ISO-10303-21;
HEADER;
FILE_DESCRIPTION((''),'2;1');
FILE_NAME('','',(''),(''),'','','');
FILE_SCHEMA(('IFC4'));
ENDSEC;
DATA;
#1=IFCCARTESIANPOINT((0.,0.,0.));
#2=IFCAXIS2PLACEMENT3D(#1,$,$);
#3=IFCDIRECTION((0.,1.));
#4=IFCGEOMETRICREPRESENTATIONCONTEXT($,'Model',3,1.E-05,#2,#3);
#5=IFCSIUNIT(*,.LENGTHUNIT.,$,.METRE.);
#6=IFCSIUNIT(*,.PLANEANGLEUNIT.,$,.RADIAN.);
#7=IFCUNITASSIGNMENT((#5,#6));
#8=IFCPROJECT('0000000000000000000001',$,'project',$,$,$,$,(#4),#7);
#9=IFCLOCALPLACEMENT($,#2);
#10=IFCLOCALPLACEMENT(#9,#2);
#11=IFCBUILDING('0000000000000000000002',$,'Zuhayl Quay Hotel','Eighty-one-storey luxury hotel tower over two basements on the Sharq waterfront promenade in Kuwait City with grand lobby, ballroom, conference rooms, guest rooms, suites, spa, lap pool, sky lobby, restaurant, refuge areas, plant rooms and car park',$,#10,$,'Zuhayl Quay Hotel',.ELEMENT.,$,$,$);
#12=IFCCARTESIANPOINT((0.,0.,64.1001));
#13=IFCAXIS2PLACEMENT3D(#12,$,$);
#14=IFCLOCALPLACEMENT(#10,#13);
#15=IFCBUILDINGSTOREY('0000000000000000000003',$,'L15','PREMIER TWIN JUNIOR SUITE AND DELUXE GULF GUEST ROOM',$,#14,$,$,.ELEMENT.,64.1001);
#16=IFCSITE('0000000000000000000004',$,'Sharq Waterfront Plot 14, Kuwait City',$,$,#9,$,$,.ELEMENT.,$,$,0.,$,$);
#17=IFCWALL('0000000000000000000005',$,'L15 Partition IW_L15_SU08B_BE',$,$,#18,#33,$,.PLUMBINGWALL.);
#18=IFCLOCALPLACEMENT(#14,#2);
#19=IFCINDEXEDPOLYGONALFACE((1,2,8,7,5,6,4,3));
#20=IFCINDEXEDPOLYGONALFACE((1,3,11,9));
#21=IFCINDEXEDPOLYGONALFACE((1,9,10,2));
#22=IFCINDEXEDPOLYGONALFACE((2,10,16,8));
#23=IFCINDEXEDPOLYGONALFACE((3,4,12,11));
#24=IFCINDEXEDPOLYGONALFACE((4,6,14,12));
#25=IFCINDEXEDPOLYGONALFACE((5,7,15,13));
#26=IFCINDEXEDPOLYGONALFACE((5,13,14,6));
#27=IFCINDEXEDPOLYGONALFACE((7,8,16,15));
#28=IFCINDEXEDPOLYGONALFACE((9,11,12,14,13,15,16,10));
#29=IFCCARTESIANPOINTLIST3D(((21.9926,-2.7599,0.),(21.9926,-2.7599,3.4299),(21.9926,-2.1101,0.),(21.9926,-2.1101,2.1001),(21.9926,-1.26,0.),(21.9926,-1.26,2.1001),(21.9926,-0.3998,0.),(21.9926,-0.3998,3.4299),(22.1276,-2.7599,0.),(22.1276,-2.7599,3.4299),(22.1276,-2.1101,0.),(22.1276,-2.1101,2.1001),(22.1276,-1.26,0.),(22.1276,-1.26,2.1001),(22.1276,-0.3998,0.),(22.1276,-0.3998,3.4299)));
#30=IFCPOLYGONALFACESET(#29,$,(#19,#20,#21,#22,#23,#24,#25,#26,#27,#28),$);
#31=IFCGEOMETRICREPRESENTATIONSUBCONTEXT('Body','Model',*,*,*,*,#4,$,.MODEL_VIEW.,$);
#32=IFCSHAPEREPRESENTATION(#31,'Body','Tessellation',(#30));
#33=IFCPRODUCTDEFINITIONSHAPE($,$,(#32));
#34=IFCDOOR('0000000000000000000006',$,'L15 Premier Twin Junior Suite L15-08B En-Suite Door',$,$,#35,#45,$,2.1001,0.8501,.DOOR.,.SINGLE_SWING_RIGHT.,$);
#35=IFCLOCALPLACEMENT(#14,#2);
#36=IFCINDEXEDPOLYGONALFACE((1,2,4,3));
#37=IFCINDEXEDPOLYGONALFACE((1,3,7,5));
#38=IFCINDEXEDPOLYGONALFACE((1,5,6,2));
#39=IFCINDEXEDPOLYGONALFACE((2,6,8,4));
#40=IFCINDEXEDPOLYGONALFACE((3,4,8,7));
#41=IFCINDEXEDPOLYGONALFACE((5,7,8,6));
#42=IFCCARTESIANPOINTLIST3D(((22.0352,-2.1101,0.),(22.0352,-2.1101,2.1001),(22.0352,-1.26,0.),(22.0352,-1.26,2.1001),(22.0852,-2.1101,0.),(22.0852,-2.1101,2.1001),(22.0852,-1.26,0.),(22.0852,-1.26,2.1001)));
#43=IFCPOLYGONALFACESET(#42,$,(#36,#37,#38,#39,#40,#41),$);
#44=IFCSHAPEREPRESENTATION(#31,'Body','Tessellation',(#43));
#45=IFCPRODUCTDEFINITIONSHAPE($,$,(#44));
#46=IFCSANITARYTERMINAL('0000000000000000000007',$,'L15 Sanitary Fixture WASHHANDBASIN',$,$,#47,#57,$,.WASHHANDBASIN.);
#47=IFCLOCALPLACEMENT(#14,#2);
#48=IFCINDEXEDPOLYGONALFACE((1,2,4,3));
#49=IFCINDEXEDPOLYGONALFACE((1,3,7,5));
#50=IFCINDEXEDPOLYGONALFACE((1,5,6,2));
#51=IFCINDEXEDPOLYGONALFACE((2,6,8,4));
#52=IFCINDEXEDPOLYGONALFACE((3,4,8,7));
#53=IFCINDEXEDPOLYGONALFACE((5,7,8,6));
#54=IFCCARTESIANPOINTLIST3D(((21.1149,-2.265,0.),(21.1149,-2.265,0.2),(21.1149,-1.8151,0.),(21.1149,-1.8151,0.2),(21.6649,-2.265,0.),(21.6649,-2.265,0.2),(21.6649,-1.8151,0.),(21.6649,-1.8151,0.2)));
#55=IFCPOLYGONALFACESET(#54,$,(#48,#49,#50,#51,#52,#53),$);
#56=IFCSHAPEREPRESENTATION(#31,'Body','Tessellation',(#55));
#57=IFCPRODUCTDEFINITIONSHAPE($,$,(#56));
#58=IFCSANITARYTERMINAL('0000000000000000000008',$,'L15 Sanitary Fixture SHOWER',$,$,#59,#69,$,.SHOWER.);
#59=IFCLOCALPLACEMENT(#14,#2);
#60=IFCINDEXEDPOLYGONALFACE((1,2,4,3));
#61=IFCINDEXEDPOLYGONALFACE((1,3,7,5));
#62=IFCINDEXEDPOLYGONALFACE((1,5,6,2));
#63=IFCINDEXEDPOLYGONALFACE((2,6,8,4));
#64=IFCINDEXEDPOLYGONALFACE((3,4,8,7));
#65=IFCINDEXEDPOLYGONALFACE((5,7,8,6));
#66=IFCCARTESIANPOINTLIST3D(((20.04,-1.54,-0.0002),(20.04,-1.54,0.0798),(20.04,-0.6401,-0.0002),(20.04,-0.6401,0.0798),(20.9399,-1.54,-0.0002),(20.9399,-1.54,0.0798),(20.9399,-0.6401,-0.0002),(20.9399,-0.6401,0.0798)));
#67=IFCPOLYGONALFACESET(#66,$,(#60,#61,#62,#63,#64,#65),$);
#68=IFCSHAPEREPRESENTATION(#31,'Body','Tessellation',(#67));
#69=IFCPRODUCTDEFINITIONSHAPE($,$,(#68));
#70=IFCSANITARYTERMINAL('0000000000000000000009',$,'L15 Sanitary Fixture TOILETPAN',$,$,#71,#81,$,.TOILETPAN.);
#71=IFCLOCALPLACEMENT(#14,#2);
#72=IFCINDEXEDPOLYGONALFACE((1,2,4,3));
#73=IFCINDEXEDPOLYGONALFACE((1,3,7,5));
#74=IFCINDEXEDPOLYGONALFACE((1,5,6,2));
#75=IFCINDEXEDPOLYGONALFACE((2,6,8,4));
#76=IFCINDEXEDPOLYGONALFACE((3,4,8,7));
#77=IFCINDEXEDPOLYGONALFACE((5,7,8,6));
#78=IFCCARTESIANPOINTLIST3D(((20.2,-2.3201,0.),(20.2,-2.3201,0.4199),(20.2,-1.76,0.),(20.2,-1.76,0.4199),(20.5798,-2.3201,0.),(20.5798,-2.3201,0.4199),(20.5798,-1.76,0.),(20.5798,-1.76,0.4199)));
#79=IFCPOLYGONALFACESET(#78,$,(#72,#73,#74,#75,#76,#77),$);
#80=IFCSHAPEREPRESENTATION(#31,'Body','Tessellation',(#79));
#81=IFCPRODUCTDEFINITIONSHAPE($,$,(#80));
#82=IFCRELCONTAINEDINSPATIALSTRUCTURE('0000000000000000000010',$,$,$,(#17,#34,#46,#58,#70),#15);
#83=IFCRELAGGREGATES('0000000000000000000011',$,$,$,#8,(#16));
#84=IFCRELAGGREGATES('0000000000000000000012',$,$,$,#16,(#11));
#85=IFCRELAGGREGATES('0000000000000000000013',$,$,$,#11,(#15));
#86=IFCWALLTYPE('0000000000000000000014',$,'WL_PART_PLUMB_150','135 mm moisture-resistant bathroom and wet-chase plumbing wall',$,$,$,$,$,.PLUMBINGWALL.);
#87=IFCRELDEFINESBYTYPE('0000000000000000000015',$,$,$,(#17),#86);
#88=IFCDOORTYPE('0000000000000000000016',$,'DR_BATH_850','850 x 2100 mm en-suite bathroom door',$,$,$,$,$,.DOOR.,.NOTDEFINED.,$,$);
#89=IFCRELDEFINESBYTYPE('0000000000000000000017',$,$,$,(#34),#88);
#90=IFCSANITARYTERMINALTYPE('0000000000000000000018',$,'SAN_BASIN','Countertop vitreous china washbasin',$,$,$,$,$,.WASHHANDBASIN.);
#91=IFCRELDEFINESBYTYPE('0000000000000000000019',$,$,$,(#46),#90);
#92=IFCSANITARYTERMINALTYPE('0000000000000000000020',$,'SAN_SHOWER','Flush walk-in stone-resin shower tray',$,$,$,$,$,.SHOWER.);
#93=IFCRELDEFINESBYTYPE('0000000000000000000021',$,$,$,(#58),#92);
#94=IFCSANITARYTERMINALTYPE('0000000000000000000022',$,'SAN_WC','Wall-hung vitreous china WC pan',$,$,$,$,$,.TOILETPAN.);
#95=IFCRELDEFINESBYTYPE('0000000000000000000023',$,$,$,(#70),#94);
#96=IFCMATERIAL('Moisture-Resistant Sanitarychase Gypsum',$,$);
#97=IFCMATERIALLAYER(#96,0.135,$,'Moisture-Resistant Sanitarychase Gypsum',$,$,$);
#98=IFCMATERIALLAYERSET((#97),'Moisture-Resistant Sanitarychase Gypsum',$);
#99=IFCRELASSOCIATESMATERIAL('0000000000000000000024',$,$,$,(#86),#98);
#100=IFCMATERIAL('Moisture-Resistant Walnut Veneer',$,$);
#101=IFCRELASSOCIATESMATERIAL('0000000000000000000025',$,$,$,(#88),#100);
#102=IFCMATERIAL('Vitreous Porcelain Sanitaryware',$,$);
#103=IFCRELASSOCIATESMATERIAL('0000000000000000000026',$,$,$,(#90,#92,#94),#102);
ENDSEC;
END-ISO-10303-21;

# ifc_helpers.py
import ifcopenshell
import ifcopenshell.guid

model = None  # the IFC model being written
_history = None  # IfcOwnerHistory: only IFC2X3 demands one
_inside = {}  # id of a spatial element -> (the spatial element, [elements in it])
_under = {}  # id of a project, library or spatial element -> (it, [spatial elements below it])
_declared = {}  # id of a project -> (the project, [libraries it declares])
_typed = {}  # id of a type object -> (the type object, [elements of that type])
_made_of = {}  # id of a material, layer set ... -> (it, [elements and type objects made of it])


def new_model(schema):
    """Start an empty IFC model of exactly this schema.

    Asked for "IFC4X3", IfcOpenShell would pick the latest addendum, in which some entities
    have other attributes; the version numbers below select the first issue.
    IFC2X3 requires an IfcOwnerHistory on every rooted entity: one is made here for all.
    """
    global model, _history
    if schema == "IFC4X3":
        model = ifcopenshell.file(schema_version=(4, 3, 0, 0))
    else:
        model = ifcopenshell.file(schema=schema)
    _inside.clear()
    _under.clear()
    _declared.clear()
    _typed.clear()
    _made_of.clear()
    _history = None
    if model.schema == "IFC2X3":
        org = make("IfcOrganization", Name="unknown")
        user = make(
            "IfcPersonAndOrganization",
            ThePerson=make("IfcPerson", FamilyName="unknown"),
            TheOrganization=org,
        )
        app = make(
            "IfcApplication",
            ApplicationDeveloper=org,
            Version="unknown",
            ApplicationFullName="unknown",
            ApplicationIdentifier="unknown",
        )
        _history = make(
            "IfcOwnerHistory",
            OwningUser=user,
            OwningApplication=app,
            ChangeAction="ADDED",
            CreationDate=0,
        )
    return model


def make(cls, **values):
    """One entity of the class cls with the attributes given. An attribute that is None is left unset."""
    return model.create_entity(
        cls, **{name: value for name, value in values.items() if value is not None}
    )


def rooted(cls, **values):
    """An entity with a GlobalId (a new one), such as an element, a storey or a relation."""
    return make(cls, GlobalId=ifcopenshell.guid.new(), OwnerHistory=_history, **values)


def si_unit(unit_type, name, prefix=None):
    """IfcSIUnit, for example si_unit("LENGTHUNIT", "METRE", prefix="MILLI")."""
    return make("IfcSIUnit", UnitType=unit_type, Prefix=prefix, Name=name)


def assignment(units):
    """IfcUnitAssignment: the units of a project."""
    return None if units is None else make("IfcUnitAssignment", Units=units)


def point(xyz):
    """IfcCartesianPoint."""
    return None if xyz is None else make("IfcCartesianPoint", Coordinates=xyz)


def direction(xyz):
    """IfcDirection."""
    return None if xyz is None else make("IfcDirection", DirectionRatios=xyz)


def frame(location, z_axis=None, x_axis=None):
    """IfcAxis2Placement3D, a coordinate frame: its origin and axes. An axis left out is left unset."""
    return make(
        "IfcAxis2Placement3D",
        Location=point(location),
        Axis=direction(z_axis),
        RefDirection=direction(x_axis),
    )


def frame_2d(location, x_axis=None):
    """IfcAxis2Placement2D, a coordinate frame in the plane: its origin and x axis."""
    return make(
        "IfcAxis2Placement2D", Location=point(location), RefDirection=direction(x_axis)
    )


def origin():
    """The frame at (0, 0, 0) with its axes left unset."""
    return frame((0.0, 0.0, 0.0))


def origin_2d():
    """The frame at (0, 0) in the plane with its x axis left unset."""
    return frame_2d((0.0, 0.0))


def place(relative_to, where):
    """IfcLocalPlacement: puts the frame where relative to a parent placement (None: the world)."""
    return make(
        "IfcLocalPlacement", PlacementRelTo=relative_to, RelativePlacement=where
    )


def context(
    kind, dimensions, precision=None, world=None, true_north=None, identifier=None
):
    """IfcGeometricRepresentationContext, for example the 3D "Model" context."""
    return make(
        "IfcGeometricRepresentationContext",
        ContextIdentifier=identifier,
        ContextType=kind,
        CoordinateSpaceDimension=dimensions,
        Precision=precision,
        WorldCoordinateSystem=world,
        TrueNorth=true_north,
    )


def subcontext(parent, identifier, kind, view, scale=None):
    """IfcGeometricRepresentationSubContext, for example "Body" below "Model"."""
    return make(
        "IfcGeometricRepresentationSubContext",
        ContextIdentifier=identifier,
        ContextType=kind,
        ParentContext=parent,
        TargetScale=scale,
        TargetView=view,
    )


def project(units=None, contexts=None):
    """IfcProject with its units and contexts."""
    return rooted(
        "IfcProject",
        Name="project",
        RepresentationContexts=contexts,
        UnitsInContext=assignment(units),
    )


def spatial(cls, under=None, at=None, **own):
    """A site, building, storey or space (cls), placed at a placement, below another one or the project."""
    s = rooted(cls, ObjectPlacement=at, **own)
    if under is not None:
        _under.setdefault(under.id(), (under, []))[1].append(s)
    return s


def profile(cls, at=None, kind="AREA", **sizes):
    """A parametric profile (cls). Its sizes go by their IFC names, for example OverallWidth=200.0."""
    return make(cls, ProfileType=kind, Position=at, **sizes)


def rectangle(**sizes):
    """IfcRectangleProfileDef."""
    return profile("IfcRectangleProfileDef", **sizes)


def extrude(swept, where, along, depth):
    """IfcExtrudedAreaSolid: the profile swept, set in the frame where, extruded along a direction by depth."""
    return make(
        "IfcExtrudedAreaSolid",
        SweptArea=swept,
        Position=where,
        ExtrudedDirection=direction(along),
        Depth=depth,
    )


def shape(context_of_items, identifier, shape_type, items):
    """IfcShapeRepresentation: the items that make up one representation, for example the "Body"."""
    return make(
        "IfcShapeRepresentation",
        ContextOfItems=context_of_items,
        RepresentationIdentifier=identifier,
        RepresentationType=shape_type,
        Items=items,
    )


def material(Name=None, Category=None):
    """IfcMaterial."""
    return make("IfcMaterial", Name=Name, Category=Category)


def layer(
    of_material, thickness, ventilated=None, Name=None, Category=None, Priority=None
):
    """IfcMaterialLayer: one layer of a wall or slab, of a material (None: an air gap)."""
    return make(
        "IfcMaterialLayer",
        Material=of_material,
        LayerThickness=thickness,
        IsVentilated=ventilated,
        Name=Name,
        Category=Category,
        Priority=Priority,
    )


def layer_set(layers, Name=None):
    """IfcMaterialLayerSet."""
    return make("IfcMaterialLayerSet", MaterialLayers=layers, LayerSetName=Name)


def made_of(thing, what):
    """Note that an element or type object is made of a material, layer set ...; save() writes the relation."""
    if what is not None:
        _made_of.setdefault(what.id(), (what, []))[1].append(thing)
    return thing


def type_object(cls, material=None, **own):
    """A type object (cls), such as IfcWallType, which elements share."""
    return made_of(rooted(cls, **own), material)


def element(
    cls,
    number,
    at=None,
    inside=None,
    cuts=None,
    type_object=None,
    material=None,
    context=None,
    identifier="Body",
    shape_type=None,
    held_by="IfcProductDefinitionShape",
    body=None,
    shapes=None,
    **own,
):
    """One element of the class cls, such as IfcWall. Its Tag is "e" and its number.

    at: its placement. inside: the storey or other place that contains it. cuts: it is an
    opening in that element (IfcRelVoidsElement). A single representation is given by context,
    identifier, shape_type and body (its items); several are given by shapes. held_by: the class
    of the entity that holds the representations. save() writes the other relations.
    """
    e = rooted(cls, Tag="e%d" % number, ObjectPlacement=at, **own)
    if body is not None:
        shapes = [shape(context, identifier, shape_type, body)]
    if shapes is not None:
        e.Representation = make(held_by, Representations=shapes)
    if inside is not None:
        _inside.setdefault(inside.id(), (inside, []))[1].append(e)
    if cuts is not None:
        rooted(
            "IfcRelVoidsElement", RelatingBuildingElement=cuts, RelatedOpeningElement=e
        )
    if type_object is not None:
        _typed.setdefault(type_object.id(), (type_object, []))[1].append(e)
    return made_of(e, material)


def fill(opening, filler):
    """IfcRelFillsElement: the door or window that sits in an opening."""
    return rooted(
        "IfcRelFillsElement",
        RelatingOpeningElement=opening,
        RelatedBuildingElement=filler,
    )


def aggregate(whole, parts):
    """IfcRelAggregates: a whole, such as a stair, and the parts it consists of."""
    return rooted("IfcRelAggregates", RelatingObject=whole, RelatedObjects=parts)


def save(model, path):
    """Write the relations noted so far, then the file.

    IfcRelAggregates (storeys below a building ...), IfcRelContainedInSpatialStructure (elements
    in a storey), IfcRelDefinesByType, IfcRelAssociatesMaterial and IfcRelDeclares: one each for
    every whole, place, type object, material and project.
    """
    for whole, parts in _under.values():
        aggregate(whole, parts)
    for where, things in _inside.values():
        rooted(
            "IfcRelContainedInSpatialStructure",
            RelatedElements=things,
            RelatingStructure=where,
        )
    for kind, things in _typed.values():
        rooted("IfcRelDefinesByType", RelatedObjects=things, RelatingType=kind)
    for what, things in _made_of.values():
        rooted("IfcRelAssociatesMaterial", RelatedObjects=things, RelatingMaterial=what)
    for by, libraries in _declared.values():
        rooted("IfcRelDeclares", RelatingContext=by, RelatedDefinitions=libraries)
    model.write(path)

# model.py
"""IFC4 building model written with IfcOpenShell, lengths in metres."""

from ifc_helpers import new_model, si_unit, direction, frame, frame_2d, origin, origin_2d, place, context, subcontext, project, spatial, rectangle, extrude, material, layer, layer_set, type_object, element, fill, save


model = new_model("IFC4")

# Units and contexts
model_context = context("Model", 3, precision=1e-05, world=origin(), true_north=direction((0.0, 1.0)))
body_context = subcontext(model_context, "Body", "Model", "MODEL_VIEW")
ifc_project = project(units=[si_unit("LENGTHUNIT", "METRE"), si_unit("PLANEANGLEUNIT", "RADIAN")], contexts=[model_context])

# Site, building, storey
site_placement = place(None, origin())
site = spatial("IfcSite", under=ifc_project, at=site_placement, Name="Sharq Waterfront Plot 14, Kuwait City", CompositionType="ELEMENT", RefElevation=0.0)
building_placement = place(site_placement, origin())
building = spatial("IfcBuilding", under=site, at=building_placement, Name="Zuhayl Quay Hotel", Description="Eighty-one-storey luxury hotel tower over two basements on the Sharq waterfront promenade in Kuwait City with grand lobby, ballroom, conference rooms, guest rooms, suites, spa, lap pool, sky lobby, restaurant, refuge areas, plant rooms and car park", LongName="Zuhayl Quay Hotel", CompositionType="ELEMENT")
storey_placement = place(building_placement, frame((0.0, 0.0, 64.1001)))
storey = spatial("IfcBuildingStorey", under=building, at=storey_placement, Name="L15", Description="PREMIER TWIN JUNIOR SUITE AND DELUXE GULF GUEST ROOM", CompositionType="ELEMENT", Elevation=64.1001)

# Wall, opening, door
ifc_material_1 = material(Name="Moisture-Resistant Sanitarychase Gypsum")
ifc_layer_1 = layer(ifc_material_1, 0.135, Name="Moisture-Resistant Sanitarychase Gypsum")
ifc_layer_set_1 = layer_set([ifc_layer_1], Name="Moisture-Resistant Sanitarychase Gypsum")
wall_type_1 = type_object("IfcWallType", Name="WL_PART_PLUMB_150", Description="135 mm moisture-resistant bathroom and wet-chase plumbing wall", PredefinedType="PLUMBINGWALL", material=ifc_layer_set_1)
wall_1_placement = place(storey_placement, frame((22.0601, -2.76, 0.0), z_axis=(0.0, 0.0, 1.0), x_axis=(0.0, 1.0, 0.0)))
wall_1 = element("IfcWall", 1, at=wall_1_placement, inside=storey, type_object=wall_type_1, Name="L15 Partition IW_L15_SU08B_BE", PredefinedType="PLUMBINGWALL", context=body_context, shape_type="SweptSolid", body=[
    extrude(rectangle(XDim=2.3601, YDim=0.135, at=frame_2d((1.1802, 0.0))), origin(), (0.0, 0.0, 1.0), 3.4299),
])
opening_placement = place(wall_1_placement, frame((0.6499, 0.0, 0.0)))
opening = element("IfcOpeningElement", 2, at=opening_placement, cuts=wall_1, PredefinedType="OPENING", context=body_context, shape_type="SweptSolid", body=[
    extrude(rectangle(XDim=0.8501, YDim=2.1001, at=frame_2d((0.425, 1.05))), frame((0.0, 0.0774, 0.0), z_axis=(0.0, -1.0, 0.0), x_axis=(1.0, 0.0, 0.0)), (0.0, 0.0, 1.0), 0.155),
])
ifc_material_2 = material(Name="Moisture-Resistant Walnut Veneer")
door_type = type_object("IfcDoorType", Name="DR_BATH_850", Description="850 x 2100 mm en-suite bathroom door", OperationType="NOTDEFINED", PredefinedType="DOOR", material=ifc_material_2)
door_placement = place(opening_placement, origin())
door = element("IfcDoor", 3, at=door_placement, inside=storey, type_object=door_type, Name="L15 Premier Twin Junior Suite L15-08B En-Suite Door", OperationType="SINGLE_SWING_RIGHT", OverallHeight=2.1001, OverallWidth=0.8501, PredefinedType="DOOR", context=body_context, shape_type="SweptSolid", body=[
    extrude(rectangle(XDim=0.8501, YDim=2.1001, at=frame_2d((0.425, 1.05))), frame((0.0, 0.0249, 0.0), z_axis=(0.0, -1.0, 0.0), x_axis=(1.0, 0.0, 0.0)), (0.0, 0.0, 1.0), 0.05),
])
fill(opening, door)

# Sanitary terminals
ifc_material_3 = material(Name="Vitreous Porcelain Sanitaryware")
sanitary_terminal_type_1 = type_object("IfcSanitaryTerminalType", Name="SAN_BASIN", Description="Countertop vitreous china washbasin", PredefinedType="WASHHANDBASIN", material=ifc_material_3)
sanitary_terminal_1_placement = place(storey_placement, frame((21.3899, -2.04, 0.0), z_axis=(0.0, 0.0, 1.0), x_axis=(1.0, 0.0, 0.0)))
element("IfcSanitaryTerminal", 4, at=sanitary_terminal_1_placement, inside=storey, type_object=sanitary_terminal_type_1, Name="L15 Sanitary Fixture WASHHANDBASIN", PredefinedType="WASHHANDBASIN", context=body_context, shape_type="SweptSolid", body=[
    extrude(rectangle(XDim=0.55, YDim=0.45, at=origin_2d()), origin(), (0.0, 0.0, 1.0), 0.2),
])
sanitary_terminal_type_2 = type_object("IfcSanitaryTerminalType", Name="SAN_SHOWER", Description="Flush walk-in stone-resin shower tray", PredefinedType="SHOWER", material=ifc_material_3)
sanitary_terminal_2_placement = place(storey_placement, frame((20.49, -1.0901, -0.0002), z_axis=(0.0, 0.0, 1.0), x_axis=(1.0, 0.0, 0.0)))
element("IfcSanitaryTerminal", 5, at=sanitary_terminal_2_placement, inside=storey, type_object=sanitary_terminal_type_2, Name="L15 Sanitary Fixture SHOWER", PredefinedType="SHOWER", context=body_context, shape_type="SweptSolid", body=[
    extrude(rectangle(XDim=0.8999, YDim=0.8999, at=origin_2d()), origin(), (0.0, 0.0, 1.0), 0.0801),
])
sanitary_terminal_type_3 = type_object("IfcSanitaryTerminalType", Name="SAN_WC", Description="Wall-hung vitreous china WC pan", PredefinedType="TOILETPAN", material=ifc_material_3)
sanitary_terminal_3_placement = place(storey_placement, frame((20.3899, -2.04, 0.0), z_axis=(0.0, 0.0, 1.0), x_axis=(1.0, 0.0, 0.0)))
element("IfcSanitaryTerminal", 6, at=sanitary_terminal_3_placement, inside=storey, type_object=sanitary_terminal_type_3, Name="L15 Sanitary Fixture TOILETPAN", PredefinedType="TOILETPAN", context=body_context, shape_type="SweptSolid", body=[
    extrude(rectangle(XDim=0.3799, YDim=0.5601, at=origin_2d()), origin(), (0.0, 0.0, 1.0), 0.4199),
])

save(model, "model.ifc")
